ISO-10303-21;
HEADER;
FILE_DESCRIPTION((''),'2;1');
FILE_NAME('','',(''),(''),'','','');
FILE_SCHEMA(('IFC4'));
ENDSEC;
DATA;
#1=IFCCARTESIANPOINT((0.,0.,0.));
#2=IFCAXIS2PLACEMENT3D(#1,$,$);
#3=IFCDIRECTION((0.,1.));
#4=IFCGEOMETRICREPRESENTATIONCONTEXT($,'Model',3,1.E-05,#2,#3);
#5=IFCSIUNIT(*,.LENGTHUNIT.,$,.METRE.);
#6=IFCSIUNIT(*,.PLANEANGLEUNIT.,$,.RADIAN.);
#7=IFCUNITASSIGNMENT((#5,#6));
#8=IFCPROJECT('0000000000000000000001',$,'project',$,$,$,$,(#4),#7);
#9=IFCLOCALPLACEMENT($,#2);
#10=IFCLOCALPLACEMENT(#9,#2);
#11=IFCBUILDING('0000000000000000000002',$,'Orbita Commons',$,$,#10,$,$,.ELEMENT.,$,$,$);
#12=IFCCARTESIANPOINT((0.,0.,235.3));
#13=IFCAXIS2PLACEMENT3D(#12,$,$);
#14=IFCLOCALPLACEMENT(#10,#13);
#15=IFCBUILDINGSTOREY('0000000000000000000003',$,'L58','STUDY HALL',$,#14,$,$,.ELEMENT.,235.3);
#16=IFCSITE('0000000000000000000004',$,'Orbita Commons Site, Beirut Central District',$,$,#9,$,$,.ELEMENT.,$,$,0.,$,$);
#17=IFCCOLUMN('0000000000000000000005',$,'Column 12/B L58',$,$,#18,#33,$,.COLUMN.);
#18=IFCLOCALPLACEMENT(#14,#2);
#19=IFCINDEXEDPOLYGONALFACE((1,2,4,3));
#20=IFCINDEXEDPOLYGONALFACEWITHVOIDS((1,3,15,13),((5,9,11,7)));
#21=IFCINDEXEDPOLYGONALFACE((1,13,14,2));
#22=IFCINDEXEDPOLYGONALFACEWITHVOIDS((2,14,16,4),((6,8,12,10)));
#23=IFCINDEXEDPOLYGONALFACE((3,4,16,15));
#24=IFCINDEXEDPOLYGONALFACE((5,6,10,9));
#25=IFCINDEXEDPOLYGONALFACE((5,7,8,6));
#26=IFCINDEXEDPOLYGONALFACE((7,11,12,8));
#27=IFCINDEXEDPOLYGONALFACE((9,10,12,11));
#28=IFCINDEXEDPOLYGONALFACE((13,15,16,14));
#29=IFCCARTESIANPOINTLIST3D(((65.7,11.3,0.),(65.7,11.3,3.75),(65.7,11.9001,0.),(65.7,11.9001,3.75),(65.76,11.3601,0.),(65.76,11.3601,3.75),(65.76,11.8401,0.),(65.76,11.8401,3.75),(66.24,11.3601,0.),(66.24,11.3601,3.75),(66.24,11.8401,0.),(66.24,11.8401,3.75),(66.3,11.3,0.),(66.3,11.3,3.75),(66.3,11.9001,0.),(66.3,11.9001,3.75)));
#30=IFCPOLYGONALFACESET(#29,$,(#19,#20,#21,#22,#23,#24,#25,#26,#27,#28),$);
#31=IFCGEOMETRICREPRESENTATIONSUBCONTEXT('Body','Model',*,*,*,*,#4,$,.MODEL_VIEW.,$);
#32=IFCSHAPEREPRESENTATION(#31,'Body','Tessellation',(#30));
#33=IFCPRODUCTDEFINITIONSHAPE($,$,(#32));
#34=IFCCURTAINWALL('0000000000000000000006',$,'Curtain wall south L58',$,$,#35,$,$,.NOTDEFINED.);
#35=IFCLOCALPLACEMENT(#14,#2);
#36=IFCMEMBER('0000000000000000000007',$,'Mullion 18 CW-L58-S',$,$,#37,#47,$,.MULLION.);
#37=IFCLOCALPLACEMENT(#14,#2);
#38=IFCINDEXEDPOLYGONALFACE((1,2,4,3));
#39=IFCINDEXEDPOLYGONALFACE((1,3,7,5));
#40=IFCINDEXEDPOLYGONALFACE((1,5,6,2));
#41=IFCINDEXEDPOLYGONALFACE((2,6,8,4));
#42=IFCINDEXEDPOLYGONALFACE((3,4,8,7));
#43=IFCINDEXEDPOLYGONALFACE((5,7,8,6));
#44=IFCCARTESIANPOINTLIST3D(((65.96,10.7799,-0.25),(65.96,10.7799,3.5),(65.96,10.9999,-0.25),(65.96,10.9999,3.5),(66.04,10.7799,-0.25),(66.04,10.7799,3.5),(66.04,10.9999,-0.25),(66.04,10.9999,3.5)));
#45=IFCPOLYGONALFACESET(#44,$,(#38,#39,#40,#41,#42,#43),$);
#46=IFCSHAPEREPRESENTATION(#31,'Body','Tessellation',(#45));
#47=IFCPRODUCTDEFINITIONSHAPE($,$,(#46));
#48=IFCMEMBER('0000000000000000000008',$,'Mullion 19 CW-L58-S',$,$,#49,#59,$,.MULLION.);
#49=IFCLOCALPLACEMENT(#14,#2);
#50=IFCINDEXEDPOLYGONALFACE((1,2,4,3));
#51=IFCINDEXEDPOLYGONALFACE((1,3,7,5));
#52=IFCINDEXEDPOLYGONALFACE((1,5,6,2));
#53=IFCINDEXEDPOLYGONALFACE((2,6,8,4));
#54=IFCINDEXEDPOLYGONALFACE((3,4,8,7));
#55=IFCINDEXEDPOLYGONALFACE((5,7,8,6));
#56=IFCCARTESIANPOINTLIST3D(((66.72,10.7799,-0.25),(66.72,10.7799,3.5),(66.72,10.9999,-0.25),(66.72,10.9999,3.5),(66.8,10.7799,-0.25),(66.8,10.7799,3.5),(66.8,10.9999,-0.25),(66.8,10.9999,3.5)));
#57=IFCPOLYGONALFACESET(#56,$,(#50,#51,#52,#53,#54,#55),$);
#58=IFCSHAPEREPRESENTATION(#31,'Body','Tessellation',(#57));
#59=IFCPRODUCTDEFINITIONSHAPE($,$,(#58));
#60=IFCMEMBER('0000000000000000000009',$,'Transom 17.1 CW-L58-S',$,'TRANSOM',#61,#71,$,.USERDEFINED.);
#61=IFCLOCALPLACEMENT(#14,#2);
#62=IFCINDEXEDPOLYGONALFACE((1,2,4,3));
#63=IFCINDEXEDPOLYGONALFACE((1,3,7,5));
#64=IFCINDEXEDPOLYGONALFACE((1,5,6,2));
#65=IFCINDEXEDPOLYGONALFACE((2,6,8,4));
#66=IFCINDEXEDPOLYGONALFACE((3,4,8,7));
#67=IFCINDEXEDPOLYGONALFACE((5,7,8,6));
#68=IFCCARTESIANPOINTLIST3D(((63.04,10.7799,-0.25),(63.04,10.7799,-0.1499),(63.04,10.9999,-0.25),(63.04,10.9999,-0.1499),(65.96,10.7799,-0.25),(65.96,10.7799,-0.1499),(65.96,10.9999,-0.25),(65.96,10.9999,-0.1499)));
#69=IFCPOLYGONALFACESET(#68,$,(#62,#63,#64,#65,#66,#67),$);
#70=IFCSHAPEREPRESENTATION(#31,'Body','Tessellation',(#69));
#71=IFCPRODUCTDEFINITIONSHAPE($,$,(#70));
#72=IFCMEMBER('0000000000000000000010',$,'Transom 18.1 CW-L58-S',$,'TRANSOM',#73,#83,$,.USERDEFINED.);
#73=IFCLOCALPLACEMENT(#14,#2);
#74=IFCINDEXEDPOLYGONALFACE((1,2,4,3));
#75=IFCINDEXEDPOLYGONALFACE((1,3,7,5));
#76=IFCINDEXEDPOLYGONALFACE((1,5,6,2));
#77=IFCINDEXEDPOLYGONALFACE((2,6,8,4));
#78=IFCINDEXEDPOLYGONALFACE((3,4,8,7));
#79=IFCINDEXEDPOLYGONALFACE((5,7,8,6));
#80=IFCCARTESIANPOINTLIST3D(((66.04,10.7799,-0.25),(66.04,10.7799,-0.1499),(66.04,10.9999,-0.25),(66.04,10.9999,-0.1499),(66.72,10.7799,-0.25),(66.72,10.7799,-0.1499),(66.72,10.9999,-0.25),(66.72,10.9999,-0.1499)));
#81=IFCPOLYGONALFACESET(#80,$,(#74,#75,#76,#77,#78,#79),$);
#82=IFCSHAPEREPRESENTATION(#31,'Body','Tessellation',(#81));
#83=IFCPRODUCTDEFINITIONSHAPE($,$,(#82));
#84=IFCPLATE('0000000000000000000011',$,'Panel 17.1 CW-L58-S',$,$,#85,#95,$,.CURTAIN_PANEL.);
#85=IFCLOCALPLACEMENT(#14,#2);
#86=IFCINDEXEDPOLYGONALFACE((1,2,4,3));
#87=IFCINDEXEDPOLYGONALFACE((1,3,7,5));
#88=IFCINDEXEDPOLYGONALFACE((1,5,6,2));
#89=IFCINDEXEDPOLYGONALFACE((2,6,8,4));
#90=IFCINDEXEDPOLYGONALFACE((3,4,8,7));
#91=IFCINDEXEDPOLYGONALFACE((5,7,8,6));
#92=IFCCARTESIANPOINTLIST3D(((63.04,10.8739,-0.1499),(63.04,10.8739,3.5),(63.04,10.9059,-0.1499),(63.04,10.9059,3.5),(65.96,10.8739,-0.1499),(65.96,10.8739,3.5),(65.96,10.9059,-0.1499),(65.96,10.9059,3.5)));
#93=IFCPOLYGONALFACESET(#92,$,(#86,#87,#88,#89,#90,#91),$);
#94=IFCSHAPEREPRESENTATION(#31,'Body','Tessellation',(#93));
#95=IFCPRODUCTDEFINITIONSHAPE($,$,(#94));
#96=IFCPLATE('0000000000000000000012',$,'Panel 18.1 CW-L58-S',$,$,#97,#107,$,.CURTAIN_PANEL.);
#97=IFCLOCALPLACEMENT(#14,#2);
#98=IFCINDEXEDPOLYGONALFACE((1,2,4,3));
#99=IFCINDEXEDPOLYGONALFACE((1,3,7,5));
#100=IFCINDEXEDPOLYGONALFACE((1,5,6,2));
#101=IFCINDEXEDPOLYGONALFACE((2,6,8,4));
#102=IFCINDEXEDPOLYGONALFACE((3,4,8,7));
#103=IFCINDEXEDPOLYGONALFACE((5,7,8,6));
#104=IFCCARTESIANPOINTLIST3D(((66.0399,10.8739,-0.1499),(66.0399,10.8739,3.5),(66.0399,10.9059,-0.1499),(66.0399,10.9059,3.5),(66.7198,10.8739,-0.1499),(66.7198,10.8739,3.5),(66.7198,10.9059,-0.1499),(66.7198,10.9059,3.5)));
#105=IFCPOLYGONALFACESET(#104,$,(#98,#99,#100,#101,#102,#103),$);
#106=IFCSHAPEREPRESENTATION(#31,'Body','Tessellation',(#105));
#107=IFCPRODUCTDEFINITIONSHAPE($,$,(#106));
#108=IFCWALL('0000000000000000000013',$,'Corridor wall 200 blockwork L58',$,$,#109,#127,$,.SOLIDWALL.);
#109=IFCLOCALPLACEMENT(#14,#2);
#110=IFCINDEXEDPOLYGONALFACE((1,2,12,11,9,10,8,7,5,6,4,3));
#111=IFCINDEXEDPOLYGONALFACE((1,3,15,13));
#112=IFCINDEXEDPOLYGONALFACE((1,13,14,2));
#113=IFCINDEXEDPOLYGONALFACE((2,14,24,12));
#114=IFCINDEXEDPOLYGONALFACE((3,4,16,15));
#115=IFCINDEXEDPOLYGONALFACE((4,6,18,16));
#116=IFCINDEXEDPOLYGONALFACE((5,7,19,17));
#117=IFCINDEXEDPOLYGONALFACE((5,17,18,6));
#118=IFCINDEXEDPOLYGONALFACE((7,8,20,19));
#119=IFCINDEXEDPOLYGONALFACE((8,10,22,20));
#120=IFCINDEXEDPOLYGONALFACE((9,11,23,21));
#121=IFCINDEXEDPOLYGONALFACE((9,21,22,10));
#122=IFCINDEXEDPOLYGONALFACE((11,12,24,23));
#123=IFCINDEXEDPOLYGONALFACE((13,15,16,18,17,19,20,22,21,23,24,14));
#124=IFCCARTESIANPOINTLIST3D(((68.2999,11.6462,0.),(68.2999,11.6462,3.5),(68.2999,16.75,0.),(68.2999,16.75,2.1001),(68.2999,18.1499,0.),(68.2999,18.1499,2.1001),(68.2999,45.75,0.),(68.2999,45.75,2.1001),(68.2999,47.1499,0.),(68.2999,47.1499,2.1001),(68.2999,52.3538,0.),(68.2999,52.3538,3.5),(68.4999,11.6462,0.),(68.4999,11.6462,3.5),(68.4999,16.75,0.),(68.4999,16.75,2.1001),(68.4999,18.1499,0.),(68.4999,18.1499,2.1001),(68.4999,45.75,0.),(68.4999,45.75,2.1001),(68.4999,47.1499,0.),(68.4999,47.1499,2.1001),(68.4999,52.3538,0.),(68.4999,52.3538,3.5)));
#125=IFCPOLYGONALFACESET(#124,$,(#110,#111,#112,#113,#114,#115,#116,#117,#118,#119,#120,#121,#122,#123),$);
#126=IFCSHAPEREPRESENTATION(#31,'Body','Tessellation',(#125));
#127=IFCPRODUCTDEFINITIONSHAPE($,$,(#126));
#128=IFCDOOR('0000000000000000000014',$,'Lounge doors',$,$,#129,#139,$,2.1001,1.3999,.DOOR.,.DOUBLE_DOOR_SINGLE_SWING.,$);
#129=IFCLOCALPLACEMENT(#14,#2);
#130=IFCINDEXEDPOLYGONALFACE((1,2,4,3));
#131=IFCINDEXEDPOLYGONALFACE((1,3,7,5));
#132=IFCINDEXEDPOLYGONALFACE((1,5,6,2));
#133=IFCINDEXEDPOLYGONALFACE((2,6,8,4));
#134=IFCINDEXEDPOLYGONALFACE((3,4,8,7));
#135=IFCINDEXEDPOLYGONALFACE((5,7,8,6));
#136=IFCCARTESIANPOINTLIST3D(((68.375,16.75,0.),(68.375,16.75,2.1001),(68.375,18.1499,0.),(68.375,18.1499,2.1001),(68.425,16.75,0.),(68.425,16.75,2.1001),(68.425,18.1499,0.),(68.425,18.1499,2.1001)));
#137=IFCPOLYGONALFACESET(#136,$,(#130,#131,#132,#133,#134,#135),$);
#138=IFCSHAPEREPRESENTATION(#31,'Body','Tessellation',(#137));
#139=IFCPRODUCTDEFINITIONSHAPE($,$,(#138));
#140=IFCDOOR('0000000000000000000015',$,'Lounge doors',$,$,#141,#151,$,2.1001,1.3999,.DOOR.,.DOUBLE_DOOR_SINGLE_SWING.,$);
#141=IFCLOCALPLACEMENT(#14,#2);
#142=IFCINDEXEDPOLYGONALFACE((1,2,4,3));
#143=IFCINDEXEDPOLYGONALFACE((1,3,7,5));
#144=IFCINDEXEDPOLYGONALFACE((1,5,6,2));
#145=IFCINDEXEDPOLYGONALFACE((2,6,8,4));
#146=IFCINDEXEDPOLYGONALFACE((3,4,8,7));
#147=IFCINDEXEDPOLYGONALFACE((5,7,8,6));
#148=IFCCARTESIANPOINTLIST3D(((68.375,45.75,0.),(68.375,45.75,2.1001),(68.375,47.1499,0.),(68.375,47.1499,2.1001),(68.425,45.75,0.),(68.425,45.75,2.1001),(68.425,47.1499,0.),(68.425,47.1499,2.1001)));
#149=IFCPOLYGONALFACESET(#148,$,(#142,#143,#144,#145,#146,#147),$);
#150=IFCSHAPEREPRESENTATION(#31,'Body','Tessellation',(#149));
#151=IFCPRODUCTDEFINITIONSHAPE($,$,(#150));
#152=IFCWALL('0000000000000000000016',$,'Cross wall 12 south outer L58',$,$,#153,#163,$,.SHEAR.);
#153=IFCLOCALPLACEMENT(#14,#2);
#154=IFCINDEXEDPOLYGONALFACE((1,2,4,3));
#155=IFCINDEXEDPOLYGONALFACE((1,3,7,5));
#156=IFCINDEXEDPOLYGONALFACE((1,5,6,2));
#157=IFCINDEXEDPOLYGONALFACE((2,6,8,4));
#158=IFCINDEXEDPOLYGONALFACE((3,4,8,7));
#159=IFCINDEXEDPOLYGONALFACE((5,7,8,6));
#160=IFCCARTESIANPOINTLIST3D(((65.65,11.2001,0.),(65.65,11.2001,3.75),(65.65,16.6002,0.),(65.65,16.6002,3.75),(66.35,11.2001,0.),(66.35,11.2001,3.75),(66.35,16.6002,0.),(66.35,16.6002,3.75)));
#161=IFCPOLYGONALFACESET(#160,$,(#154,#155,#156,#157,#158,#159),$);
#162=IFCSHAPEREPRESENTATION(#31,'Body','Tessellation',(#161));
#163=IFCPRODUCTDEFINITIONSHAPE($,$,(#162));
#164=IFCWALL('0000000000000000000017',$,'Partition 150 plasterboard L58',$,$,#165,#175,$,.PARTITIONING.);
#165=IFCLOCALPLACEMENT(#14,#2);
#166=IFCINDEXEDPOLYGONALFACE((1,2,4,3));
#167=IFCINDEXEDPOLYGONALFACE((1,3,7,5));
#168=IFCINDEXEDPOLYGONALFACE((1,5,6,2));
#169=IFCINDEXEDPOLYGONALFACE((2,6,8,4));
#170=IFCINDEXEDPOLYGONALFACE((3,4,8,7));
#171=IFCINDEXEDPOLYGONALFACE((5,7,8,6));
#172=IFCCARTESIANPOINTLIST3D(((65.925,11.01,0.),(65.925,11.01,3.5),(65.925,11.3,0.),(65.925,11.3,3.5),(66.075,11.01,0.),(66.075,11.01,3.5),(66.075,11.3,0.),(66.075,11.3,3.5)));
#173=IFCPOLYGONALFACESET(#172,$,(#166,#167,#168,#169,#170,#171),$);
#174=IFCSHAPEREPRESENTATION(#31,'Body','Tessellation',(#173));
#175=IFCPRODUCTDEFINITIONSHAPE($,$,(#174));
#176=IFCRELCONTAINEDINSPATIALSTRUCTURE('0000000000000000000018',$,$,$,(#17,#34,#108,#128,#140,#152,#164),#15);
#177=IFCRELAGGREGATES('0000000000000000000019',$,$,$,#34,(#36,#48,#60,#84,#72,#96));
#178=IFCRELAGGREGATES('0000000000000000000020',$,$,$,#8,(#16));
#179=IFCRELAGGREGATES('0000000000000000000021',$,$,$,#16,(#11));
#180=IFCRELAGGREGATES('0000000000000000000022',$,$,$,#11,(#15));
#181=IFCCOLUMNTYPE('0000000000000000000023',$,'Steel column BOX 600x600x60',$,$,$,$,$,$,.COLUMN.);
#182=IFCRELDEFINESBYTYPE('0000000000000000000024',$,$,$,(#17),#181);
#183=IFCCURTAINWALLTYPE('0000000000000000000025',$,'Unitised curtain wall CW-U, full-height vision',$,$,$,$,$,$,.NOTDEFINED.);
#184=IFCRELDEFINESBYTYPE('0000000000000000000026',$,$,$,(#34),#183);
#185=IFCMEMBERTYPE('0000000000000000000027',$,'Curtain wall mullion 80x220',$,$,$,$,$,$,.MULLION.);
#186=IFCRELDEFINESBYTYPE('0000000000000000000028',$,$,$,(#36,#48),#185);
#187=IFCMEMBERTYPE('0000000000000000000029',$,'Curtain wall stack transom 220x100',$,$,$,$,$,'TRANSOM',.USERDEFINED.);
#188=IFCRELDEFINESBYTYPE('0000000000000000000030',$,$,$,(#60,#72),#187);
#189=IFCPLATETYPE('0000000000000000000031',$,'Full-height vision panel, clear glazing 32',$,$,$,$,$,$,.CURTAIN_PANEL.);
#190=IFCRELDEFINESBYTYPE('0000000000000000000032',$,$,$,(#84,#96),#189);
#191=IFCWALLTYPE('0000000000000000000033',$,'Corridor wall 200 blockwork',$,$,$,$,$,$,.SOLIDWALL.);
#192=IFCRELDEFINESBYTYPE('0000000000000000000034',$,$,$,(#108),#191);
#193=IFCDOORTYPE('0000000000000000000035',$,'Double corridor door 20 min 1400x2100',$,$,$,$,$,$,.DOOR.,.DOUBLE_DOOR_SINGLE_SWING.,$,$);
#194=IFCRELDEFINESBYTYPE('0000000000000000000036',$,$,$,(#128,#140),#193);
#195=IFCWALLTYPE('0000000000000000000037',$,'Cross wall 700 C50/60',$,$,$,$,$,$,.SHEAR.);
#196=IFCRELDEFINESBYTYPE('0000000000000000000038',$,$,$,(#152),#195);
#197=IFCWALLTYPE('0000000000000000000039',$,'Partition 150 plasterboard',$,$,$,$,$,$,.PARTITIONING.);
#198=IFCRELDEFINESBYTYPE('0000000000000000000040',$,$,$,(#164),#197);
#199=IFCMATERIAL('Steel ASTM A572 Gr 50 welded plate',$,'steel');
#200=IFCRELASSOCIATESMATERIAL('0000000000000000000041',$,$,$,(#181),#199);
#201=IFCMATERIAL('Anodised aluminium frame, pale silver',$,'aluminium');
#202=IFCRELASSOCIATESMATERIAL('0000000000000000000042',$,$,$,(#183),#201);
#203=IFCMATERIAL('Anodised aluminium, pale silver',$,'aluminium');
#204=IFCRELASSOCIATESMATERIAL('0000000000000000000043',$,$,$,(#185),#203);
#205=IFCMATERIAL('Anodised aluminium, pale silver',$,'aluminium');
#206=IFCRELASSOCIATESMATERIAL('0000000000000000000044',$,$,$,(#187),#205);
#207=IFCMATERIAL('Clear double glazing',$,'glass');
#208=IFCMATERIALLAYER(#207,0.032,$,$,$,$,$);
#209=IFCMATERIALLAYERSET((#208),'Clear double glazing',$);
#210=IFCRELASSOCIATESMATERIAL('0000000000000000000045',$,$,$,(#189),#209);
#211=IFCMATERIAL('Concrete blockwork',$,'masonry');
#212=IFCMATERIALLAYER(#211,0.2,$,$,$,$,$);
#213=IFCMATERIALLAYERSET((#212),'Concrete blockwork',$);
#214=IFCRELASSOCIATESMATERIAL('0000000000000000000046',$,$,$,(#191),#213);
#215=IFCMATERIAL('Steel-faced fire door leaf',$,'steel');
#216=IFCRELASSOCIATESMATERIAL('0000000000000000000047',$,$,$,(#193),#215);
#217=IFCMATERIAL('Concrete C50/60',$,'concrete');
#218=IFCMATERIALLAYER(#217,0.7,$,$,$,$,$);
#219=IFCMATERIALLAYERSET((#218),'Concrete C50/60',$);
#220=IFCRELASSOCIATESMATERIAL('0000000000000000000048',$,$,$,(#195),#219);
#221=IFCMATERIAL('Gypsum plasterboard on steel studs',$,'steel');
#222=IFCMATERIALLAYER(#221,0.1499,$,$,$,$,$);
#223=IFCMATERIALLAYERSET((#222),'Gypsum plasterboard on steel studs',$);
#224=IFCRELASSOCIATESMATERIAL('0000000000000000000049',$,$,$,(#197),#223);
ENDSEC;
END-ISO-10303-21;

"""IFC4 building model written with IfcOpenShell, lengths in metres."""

from ifc_helpers import new_model, si_unit, direction, frame, frame_2d, origin, origin_2d, place, context, subcontext, project, spatial, rectangle, hollow_rectangle, extrude, material, layer, layer_set, material_profile, profile_set, type_object, element, fill, aggregate, save


model = new_model("IFC4")

# Units and contexts
model_context = context("Model", 3, precision=1e-05, world=origin(), true_north=direction((0.0, 1.0)))
body_context = subcontext(model_context, "Body", "Model", "MODEL_VIEW")
ifc_project = project(units=[si_unit("LENGTHUNIT", "METRE"), si_unit("PLANEANGLEUNIT", "RADIAN")], contexts=[model_context])

# Site, building, storey
site_placement = place(None, origin())
site = spatial("IfcSite", under=ifc_project, at=site_placement, Name="Orbita Commons Site, Beirut Central District", CompositionType="ELEMENT", RefElevation=0.0)
building_placement = place(site_placement, origin())
building = spatial("IfcBuilding", under=site, at=building_placement, Name="Orbita Commons", CompositionType="ELEMENT")
storey_placement = place(building_placement, frame((0.0, 0.0, 235.3)))
storey = spatial("IfcBuildingStorey", under=building, at=storey_placement, Name="L58", Description="STUDY HALL", CompositionType="ELEMENT", Elevation=235.3)

# Column
ifc_material_1 = material(Name="Steel ASTM A572 Gr 50 welded plate", Category="steel")
ifc_material_profile_1 = material_profile(ifc_material_1, hollow_rectangle(XDim=0.6001, YDim=0.6001, WallThickness=0.0601, at=origin_2d()), Name="BOX 600x600x60")
ifc_profile_set_1 = profile_set([ifc_material_profile_1], Name="Steel ASTM A572 Gr 50 welded plate")
column_type = type_object("IfcColumnType", Name="Steel column BOX 600x600x60", PredefinedType="COLUMN", material=ifc_profile_set_1)
column_placement = place(storey_placement, frame((66.0, 11.6001, 0.0), z_axis=(0.0, 0.0, 1.0), x_axis=(1.0, 0.0, 0.0)))
element("IfcColumn", 1, at=column_placement, inside=storey, type_object=column_type, Name="Column 12/B L58", PredefinedType="COLUMN", context=body_context, shape_type="SweptSolid", body=[
    extrude(hollow_rectangle(XDim=0.6001, YDim=0.6001, WallThickness=0.0601, at=origin_2d()), origin(), (0.0, 0.0, 1.0), 3.75),
])

# Curtain wall, members, plates
ifc_material_2 = material(Name="Anodised aluminium frame, pale silver", Category="aluminium")
curtain_wall_type = type_object("IfcCurtainWallType", Name="Unitised curtain wall CW-U, full-height vision", PredefinedType="NOTDEFINED", material=ifc_material_2)
curtain_wall_placement = place(storey_placement, origin())
curtain_wall = element("IfcCurtainWall", 2, at=curtain_wall_placement, inside=storey, type_object=curtain_wall_type, Name="Curtain wall south L58", PredefinedType="NOTDEFINED")
ifc_material_3 = material(Name="Anodised aluminium, pale silver", Category="aluminium")
ifc_material_profile_2 = material_profile(ifc_material_3, rectangle(XDim=0.0801, YDim=0.22, at=origin_2d()), Name="AL 80x220")
ifc_profile_set_2 = profile_set([ifc_material_profile_2], Name="Anodised aluminium, pale silver")
member_type_1 = type_object("IfcMemberType", Name="Curtain wall mullion 80x220", PredefinedType="MULLION", material=ifc_profile_set_2)
member_1_placement = place(storey_placement, frame((66.0, 10.8899, -0.25), z_axis=(0.0, 0.0, 1.0), x_axis=(1.0, 0.0, 0.0)))
member_1 = element("IfcMember", 3, at=member_1_placement, type_object=member_type_1, Name="Mullion 18 CW-L58-S", PredefinedType="MULLION", context=body_context, shape_type="SweptSolid", body=[
    extrude(rectangle(XDim=0.0801, YDim=0.22, at=origin_2d()), origin(), (0.0, 0.0, 1.0), 3.75),
])
member_2_placement = place(storey_placement, frame((66.76, 10.8899, -0.25), z_axis=(0.0, 0.0, 1.0), x_axis=(1.0, 0.0, 0.0)))
member_2 = element("IfcMember", 4, at=member_2_placement, type_object=member_type_1, Name="Mullion 19 CW-L58-S", PredefinedType="MULLION", context=body_context, shape_type="SweptSolid", body=[
    extrude(rectangle(XDim=0.0801, YDim=0.22, at=origin_2d()), origin(), (0.0, 0.0, 1.0), 3.75),
])
ifc_material_4 = material(Name="Anodised aluminium, pale silver", Category="aluminium")
ifc_material_profile_3 = material_profile(ifc_material_4, rectangle(XDim=0.22, YDim=0.1001, at=origin_2d()), Name="AL 220x100")
ifc_profile_set_3 = profile_set([ifc_material_profile_3], Name="Anodised aluminium, pale silver")
member_type_2 = type_object("IfcMemberType", Name="Curtain wall stack transom 220x100", ElementType="TRANSOM", PredefinedType="USERDEFINED", material=ifc_profile_set_3)
member_3_placement = place(storey_placement, frame((63.04, 10.8899, -0.2), z_axis=(1.0, 0.0, 0.0), x_axis=(0.0, 1.0, 0.0)))
member_3 = element("IfcMember", 5, at=member_3_placement, type_object=member_type_2, Name="Transom 17.1 CW-L58-S", ObjectType="TRANSOM", PredefinedType="USERDEFINED", context=body_context, shape_type="SweptSolid", body=[
    extrude(rectangle(XDim=0.22, YDim=0.1001, at=origin_2d()), origin(), (0.0, 0.0, 1.0), 2.9199),
])
member_4_placement = place(storey_placement, frame((66.04, 10.8899, -0.2), z_axis=(1.0, 0.0, 0.0), x_axis=(0.0, 1.0, 0.0)))
member_4 = element("IfcMember", 6, at=member_4_placement, type_object=member_type_2, Name="Transom 18.1 CW-L58-S", ObjectType="TRANSOM", PredefinedType="USERDEFINED", context=body_context, shape_type="SweptSolid", body=[
    extrude(rectangle(XDim=0.22, YDim=0.1001, at=origin_2d()), origin(), (0.0, 0.0, 1.0), 0.6799),
])
ifc_material_5 = material(Name="Clear double glazing", Category="glass")
ifc_layer_1 = layer(ifc_material_5, 0.032)
ifc_layer_set_1 = layer_set([ifc_layer_1], Name="Clear double glazing")
plate_type = type_object("IfcPlateType", Name="Full-height vision panel, clear glazing 32", PredefinedType="CURTAIN_PANEL", material=ifc_layer_set_1)
plate_1_placement = place(storey_placement, frame((64.5, 10.8899, -0.1499), z_axis=(0.0, 0.0, 1.0), x_axis=(1.0, 0.0, 0.0)))
plate_1 = element("IfcPlate", 7, at=plate_1_placement, type_object=plate_type, Name="Panel 17.1 CW-L58-S", PredefinedType="CURTAIN_PANEL", context=body_context, shape_type="SweptSolid", body=[
    extrude(rectangle(XDim=2.9199, YDim=0.032, at=origin_2d()), origin(), (0.0, 0.0, 1.0), 3.6499),
])
plate_2_placement = place(storey_placement, frame((66.3799, 10.8899, -0.1499), z_axis=(0.0, 0.0, 1.0), x_axis=(1.0, 0.0, 0.0)))
plate_2 = element("IfcPlate", 8, at=plate_2_placement, type_object=plate_type, Name="Panel 18.1 CW-L58-S", PredefinedType="CURTAIN_PANEL", context=body_context, shape_type="SweptSolid", body=[
    extrude(rectangle(XDim=0.6799, YDim=0.032, at=origin_2d()), origin(), (0.0, 0.0, 1.0), 3.6499),
])
aggregate(curtain_wall, [member_1, member_2, member_3, plate_1, member_4, plate_2])

# Wall, openings, doors
ifc_material_6 = material(Name="Concrete blockwork", Category="masonry")
ifc_layer_2 = layer(ifc_material_6, 0.2)
ifc_layer_set_2 = layer_set([ifc_layer_2], Name="Concrete blockwork")
wall_type_1 = type_object("IfcWallType", Name="Corridor wall 200 blockwork", PredefinedType="SOLIDWALL", material=ifc_layer_set_2)
wall_1_placement = place(storey_placement, frame((68.3999, 11.6462, 0.0), z_axis=(0.0, 0.0, 1.0), x_axis=(0.0, 1.0, 0.0)))
wall_1 = element("IfcWall", 9, at=wall_1_placement, inside=storey, type_object=wall_type_1, Name="Corridor wall 200 blockwork L58", PredefinedType="SOLIDWALL", context=body_context, shape_type="SweptSolid", body=[
    extrude(rectangle(XDim=40.7075, YDim=0.2, at=frame_2d((20.3538, 0.0))), origin(), (0.0, 0.0, 1.0), 3.5),
])
opening_1_placement = place(wall_1_placement, frame((5.1038, 0.0, 0.0)))
opening_1 = element("IfcOpeningElement", 10, at=opening_1_placement, cuts=wall_1, PredefinedType="OPENING", context=body_context, shape_type="SweptSolid", body=[
    extrude(rectangle(XDim=1.3999, YDim=2.1001, at=frame_2d((0.7, 1.05))), frame((0.0, 0.1099, 0.0), z_axis=(0.0, -1.0, 0.0), x_axis=(1.0, 0.0, 0.0)), (0.0, 0.0, 1.0), 0.22),
])
opening_2_placement = place(wall_1_placement, frame((34.1038, 0.0, 0.0)))
opening_2 = element("IfcOpeningElement", 11, at=opening_2_placement, cuts=wall_1, PredefinedType="OPENING", context=body_context, shape_type="SweptSolid", body=[
    extrude(rectangle(XDim=1.3999, YDim=2.1001, at=frame_2d((0.7, 1.05))), frame((0.0, 0.1099, 0.0), z_axis=(0.0, -1.0, 0.0), x_axis=(1.0, 0.0, 0.0)), (0.0, 0.0, 1.0), 0.22),
])
ifc_material_7 = material(Name="Steel-faced fire door leaf", Category="steel")
door_type = type_object("IfcDoorType", Name="Double corridor door 20 min 1400x2100", OperationType="DOUBLE_DOOR_SINGLE_SWING", PredefinedType="DOOR", material=ifc_material_7)
door_1_placement = place(opening_1_placement, origin())
door_1 = element("IfcDoor", 12, at=door_1_placement, inside=storey, type_object=door_type, Name="Lounge doors", OperationType="DOUBLE_DOOR_SINGLE_SWING", OverallHeight=2.1001, OverallWidth=1.3999, PredefinedType="DOOR", context=body_context, shape_type="SweptSolid", body=[
    extrude(rectangle(XDim=1.3999, YDim=2.1001, at=frame_2d((0.7, 1.05))), frame((0.0, 0.0249, 0.0), z_axis=(0.0, -1.0, 0.0), x_axis=(1.0, 0.0, 0.0)), (0.0, 0.0, 1.0), 0.05),
])
fill(opening_1, door_1)
door_2_placement = place(opening_2_placement, origin())
door_2 = element("IfcDoor", 13, at=door_2_placement, inside=storey, type_object=door_type, Name="Lounge doors", OperationType="DOUBLE_DOOR_SINGLE_SWING", OverallHeight=2.1001, OverallWidth=1.3999, PredefinedType="DOOR", context=body_context, shape_type="SweptSolid", body=[
    extrude(rectangle(XDim=1.3999, YDim=2.1001, at=frame_2d((0.7, 1.05))), frame((0.0, 0.0249, 0.0), z_axis=(0.0, -1.0, 0.0), x_axis=(1.0, 0.0, 0.0)), (0.0, 0.0, 1.0), 0.05),
])
fill(opening_2, door_2)

# Walls
ifc_material_8 = material(Name="Concrete C50/60", Category="concrete")
ifc_layer_3 = layer(ifc_material_8, 0.7)
ifc_layer_set_3 = layer_set([ifc_layer_3], Name="Concrete C50/60")
wall_type_2 = type_object("IfcWallType", Name="Cross wall 700 C50/60", PredefinedType="SHEAR", material=ifc_layer_set_3)
wall_2_placement = place(storey_placement, frame((66.0, 11.2, 0.0), z_axis=(0.0, 0.0, 1.0), x_axis=(0.0, 1.0, 0.0)))
element("IfcWall", 14, at=wall_2_placement, inside=storey, type_object=wall_type_2, Name="Cross wall 12 south outer L58", PredefinedType="SHEAR", context=body_context, shape_type="SweptSolid", body=[
    extrude(rectangle(XDim=5.4001, YDim=0.7, at=frame_2d((2.7002, 0.0))), origin(), (0.0, 0.0, 1.0), 3.75),
])
ifc_material_9 = material(Name="Gypsum plasterboard on steel studs", Category="steel")
ifc_layer_4 = layer(ifc_material_9, 0.1499)
ifc_layer_set_4 = layer_set([ifc_layer_4], Name="Gypsum plasterboard on steel studs")
wall_type_3 = type_object("IfcWallType", Name="Partition 150 plasterboard", PredefinedType="PARTITIONING", material=ifc_layer_set_4)
wall_3_placement = place(storey_placement, frame((66.0, 11.3, 0.0), z_axis=(0.0, 0.0, 1.0), x_axis=(0.0, -1.0, 0.0)))
element("IfcWall", 15, at=wall_3_placement, inside=storey, type_object=wall_type_3, Name="Partition 150 plasterboard L58", PredefinedType="PARTITIONING", context=body_context, shape_type="SweptSolid", body=[
    extrude(rectangle(XDim=0.29, YDim=0.1499, at=frame_2d((0.145, 0.0))), origin(), (0.0, 0.0, 1.0), 3.5),
])

save(model, "model.ifc")
